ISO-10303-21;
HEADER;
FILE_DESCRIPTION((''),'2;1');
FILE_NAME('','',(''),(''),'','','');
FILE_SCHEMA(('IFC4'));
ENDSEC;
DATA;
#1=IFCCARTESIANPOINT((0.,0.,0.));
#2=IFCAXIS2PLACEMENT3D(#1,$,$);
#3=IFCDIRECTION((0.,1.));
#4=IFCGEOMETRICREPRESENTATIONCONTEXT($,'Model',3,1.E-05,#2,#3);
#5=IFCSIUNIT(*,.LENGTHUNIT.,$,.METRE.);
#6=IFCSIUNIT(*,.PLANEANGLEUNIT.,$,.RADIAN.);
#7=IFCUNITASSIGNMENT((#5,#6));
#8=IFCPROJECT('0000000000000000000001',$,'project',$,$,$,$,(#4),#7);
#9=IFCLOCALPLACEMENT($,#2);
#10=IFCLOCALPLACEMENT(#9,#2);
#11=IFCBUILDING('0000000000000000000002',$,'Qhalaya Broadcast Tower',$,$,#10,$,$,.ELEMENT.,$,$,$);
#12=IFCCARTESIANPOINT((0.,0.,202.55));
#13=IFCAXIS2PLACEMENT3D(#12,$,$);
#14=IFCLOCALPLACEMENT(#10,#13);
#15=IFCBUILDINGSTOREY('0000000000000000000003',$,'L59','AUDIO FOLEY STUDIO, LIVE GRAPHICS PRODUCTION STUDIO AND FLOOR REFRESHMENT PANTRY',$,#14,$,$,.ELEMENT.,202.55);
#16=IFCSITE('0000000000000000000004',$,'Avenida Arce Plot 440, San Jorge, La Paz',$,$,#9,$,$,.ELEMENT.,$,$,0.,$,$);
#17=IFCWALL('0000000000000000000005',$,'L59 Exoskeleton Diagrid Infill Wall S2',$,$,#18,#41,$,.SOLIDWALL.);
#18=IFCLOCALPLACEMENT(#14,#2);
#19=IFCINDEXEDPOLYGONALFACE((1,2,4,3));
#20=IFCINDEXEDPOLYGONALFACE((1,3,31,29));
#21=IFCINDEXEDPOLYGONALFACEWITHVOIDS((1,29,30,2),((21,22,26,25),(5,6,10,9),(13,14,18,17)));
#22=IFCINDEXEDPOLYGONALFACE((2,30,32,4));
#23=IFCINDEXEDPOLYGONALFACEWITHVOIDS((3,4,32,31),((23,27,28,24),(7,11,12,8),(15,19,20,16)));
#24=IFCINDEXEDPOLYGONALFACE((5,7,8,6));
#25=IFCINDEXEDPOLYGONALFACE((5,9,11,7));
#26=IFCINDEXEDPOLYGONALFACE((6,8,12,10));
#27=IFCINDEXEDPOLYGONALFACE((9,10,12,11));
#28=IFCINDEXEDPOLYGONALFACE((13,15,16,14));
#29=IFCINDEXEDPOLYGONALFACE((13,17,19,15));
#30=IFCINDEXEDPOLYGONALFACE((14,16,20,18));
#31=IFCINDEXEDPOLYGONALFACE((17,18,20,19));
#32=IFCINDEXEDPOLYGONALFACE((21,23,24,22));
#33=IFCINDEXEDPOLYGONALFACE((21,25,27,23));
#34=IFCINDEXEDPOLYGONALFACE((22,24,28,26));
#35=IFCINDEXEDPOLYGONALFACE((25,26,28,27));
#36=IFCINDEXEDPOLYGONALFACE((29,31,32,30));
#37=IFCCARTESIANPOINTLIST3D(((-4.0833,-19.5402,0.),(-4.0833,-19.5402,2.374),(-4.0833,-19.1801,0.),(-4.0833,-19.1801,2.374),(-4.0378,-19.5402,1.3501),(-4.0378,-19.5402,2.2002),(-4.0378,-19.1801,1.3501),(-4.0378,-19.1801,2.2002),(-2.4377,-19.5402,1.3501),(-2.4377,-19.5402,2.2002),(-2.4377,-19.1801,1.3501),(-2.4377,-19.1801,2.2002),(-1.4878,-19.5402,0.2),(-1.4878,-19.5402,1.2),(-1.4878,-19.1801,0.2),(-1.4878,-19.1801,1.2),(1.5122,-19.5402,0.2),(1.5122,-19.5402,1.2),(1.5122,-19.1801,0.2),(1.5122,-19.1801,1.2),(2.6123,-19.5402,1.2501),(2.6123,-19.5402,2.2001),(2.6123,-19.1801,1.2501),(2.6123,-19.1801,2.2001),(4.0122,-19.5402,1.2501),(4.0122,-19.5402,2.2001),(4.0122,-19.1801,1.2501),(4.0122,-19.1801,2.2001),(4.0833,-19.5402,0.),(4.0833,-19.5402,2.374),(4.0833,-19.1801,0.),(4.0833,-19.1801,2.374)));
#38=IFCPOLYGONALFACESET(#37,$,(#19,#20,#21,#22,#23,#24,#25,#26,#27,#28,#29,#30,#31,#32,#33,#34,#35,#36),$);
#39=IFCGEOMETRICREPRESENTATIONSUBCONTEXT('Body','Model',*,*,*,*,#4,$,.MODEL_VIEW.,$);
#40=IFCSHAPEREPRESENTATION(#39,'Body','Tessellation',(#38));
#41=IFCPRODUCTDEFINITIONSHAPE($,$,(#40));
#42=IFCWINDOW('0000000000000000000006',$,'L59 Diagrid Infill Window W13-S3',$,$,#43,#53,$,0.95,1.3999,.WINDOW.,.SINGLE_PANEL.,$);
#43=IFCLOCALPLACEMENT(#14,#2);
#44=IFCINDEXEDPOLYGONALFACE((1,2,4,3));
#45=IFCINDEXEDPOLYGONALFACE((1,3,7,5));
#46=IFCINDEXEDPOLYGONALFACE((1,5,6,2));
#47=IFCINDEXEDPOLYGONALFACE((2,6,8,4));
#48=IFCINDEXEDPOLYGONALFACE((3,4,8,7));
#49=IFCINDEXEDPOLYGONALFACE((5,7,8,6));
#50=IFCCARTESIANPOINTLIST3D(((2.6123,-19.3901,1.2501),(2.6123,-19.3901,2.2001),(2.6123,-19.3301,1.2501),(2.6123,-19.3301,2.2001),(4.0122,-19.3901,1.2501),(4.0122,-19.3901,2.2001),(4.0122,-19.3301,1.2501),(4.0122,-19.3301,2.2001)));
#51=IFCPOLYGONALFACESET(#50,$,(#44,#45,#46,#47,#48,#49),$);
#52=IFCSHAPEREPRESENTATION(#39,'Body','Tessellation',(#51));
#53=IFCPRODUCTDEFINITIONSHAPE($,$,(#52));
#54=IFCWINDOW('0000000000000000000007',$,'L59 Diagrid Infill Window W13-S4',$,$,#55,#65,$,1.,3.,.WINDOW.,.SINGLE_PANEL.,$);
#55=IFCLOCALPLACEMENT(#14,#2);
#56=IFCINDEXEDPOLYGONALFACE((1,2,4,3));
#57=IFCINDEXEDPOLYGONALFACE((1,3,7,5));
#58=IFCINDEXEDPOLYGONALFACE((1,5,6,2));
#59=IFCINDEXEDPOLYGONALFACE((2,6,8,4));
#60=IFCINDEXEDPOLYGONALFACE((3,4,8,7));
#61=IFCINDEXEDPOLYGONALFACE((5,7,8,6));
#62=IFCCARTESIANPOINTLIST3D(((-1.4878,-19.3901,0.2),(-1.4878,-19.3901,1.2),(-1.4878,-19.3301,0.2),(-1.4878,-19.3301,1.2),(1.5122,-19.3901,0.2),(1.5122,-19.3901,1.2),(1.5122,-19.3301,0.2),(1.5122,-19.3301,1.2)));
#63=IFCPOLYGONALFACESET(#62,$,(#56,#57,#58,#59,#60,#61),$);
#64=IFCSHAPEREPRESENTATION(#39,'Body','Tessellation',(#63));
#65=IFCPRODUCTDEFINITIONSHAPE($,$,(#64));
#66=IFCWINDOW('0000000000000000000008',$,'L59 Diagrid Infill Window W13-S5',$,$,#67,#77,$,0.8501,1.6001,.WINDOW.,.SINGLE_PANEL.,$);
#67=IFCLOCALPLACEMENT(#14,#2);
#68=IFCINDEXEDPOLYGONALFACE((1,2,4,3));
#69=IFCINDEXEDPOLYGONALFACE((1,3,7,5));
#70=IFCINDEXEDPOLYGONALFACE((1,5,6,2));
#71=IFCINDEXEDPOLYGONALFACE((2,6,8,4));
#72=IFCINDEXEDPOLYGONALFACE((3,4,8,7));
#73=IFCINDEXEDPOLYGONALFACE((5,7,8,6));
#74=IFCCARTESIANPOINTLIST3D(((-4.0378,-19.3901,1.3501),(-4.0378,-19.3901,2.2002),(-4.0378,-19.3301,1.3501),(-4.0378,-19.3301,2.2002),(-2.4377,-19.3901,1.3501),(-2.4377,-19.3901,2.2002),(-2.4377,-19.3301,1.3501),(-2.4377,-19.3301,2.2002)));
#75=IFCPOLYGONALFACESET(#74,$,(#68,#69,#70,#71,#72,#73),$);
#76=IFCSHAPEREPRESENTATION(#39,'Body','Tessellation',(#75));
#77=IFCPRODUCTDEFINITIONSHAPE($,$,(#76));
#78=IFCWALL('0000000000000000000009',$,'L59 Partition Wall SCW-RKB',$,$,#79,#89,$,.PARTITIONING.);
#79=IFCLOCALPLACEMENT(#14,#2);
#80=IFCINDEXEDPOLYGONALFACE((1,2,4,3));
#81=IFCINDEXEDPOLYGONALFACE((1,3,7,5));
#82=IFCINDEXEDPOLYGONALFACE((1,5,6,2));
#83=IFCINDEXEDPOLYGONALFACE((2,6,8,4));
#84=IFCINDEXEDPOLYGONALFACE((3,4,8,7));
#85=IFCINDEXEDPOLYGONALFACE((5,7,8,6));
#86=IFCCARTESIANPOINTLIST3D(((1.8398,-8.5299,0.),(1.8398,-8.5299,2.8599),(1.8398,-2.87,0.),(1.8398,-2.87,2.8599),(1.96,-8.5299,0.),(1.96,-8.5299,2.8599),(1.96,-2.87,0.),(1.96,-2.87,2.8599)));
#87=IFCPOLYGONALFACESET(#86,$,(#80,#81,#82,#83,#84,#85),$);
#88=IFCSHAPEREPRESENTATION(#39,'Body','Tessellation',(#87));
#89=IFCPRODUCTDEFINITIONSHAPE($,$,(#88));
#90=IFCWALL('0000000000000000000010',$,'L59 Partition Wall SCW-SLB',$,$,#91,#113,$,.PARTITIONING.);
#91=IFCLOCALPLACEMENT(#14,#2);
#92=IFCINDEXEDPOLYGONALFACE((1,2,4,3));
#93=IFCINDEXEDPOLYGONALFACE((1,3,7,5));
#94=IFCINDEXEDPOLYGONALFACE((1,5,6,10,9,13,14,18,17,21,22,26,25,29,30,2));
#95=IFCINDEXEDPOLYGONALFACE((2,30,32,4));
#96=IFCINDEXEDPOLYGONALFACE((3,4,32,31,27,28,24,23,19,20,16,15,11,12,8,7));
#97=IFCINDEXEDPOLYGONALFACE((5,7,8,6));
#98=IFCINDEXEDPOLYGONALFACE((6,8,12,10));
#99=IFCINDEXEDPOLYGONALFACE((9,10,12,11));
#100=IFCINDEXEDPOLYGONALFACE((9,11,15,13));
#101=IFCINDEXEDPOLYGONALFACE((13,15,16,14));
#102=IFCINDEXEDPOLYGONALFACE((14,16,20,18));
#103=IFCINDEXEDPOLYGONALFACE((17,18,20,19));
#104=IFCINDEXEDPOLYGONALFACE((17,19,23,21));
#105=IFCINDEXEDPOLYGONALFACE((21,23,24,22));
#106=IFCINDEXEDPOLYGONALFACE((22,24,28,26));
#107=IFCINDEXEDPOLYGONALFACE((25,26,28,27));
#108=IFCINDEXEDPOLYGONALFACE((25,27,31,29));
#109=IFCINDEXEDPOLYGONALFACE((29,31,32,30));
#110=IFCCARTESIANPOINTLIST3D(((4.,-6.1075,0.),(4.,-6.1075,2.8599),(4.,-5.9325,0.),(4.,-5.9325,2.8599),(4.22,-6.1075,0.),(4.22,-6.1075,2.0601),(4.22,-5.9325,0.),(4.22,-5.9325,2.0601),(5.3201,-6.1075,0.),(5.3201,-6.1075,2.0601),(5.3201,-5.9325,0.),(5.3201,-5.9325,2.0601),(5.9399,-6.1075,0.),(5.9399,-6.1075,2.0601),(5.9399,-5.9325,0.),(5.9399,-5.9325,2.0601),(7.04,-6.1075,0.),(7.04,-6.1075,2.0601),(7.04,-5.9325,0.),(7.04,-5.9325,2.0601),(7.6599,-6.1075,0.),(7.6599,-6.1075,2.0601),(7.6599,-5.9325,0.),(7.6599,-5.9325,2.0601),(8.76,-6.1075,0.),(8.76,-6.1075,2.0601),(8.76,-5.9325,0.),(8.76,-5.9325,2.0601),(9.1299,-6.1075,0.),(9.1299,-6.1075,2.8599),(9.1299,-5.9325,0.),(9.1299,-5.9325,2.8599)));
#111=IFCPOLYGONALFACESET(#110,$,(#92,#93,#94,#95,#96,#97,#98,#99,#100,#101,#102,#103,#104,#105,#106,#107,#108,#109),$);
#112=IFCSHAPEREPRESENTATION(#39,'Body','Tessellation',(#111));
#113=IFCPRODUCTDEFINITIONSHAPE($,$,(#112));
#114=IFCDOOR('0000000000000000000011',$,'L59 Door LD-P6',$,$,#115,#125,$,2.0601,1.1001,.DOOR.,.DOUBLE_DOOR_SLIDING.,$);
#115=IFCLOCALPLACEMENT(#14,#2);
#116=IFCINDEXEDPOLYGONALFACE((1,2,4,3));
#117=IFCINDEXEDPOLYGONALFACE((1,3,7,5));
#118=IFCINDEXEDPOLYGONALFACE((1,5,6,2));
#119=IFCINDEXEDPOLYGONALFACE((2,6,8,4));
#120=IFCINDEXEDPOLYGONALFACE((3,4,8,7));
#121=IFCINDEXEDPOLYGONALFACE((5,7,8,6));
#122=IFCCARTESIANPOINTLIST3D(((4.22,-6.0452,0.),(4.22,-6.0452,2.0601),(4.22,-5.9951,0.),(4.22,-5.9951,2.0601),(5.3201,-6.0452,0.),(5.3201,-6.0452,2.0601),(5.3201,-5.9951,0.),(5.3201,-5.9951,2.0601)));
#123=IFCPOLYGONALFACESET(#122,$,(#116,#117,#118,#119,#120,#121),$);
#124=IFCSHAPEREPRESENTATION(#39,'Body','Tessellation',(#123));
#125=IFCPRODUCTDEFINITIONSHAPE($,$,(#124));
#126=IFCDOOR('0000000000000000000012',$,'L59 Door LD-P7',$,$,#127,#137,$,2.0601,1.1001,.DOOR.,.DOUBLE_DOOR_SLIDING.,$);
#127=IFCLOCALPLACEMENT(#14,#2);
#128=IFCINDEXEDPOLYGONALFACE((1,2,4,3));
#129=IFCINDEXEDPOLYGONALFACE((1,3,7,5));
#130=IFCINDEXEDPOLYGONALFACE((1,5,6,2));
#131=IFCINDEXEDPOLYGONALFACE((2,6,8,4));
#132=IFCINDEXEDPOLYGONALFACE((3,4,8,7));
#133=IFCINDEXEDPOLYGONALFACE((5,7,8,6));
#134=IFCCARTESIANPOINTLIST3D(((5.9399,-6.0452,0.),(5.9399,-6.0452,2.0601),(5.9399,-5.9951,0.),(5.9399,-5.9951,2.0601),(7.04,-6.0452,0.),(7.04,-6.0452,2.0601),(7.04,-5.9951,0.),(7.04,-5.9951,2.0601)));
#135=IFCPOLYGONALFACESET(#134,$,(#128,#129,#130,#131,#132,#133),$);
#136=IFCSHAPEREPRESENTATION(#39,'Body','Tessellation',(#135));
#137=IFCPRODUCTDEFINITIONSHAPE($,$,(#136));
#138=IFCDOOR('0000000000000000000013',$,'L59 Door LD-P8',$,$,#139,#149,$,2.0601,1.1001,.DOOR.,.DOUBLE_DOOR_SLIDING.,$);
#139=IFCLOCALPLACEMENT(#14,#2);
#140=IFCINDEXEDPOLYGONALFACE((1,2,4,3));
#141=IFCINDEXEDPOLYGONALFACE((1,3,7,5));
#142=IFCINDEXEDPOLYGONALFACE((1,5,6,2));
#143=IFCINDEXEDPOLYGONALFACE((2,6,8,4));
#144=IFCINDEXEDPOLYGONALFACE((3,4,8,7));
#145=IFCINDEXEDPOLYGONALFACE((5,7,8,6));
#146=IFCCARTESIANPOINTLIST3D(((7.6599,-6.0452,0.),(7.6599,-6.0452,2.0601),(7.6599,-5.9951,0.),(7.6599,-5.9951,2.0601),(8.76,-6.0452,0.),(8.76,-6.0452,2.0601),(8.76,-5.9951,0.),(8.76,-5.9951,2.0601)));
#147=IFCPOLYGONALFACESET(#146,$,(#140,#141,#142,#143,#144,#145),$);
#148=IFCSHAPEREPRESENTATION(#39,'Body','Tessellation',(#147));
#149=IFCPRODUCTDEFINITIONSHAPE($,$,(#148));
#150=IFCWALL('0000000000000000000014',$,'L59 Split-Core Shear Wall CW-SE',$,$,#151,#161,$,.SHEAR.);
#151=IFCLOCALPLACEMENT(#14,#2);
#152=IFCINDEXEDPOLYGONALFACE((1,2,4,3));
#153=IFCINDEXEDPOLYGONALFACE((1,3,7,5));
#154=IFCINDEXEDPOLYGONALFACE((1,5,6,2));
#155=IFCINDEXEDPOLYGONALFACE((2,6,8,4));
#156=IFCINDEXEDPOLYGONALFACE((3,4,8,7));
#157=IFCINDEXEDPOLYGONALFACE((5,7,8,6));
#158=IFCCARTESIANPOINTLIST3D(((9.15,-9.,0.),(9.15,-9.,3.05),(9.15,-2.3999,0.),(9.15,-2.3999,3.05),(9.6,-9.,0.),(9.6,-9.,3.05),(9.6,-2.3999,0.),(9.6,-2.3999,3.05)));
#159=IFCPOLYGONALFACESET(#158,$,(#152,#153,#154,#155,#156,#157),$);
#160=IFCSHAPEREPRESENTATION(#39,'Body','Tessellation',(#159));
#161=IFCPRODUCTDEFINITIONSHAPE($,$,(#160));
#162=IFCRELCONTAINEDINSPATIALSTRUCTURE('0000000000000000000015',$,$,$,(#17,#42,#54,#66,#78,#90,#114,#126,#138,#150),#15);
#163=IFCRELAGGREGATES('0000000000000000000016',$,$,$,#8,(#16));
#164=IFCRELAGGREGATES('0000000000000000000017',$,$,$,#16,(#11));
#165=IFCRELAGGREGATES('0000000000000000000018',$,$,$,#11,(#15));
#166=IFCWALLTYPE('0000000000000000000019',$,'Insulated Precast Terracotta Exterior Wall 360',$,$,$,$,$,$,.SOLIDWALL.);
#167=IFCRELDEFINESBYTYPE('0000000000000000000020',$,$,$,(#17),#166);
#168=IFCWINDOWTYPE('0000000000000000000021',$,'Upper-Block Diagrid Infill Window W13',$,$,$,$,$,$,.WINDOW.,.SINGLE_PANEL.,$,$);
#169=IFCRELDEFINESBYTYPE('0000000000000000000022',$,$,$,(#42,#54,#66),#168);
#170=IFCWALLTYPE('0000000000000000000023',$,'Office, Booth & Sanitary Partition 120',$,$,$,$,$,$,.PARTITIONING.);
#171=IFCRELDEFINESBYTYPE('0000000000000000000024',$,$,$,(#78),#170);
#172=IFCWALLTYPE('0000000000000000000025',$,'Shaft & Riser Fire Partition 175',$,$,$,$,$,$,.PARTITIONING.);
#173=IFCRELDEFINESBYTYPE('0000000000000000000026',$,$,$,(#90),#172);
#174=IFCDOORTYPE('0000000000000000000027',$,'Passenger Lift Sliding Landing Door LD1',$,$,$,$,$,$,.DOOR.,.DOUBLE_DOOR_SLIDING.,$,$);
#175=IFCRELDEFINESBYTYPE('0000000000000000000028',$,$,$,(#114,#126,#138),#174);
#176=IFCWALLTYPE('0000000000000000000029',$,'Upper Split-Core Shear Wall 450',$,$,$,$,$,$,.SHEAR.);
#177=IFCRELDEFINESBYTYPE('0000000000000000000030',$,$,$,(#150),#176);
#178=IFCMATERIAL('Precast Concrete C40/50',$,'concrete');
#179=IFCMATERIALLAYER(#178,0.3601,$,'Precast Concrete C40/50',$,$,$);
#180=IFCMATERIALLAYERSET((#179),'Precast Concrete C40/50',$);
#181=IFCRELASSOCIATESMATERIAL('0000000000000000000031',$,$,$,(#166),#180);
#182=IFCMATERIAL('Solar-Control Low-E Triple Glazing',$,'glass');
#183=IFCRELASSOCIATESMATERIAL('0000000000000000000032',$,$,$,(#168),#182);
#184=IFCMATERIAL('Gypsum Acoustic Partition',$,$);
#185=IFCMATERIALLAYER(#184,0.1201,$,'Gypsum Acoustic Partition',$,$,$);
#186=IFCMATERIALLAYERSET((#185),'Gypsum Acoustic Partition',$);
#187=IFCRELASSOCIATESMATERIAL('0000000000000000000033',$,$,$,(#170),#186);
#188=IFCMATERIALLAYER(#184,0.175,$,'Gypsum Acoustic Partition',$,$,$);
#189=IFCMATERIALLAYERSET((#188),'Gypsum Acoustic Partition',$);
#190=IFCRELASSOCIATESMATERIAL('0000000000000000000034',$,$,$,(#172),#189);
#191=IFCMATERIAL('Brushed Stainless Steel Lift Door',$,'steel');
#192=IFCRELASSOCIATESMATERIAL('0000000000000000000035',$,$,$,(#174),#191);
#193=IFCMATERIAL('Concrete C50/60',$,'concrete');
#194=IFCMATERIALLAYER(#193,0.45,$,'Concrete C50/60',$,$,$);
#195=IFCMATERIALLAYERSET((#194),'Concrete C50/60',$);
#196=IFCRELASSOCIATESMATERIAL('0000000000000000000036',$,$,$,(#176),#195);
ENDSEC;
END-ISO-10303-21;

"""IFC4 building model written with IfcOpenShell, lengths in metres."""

from ifc_helpers import new_model, si_unit, direction, frame, frame_2d, origin, place, context, subcontext, project, spatial, rectangle, extrude, material, layer, layer_set, type_object, element, fill, save


model = new_model("IFC4")

# Units and contexts
model_context = context("Model", 3, precision=1e-05, world=origin(), true_north=direction((0.0, 1.0)))
body_context = subcontext(model_context, "Body", "Model", "MODEL_VIEW")
ifc_project = project(units=[si_unit("LENGTHUNIT", "METRE"), si_unit("PLANEANGLEUNIT", "RADIAN")], contexts=[model_context])

# Site, building, storey
site_placement = place(None, origin())
site = spatial("IfcSite", under=ifc_project, at=site_placement, Name="Avenida Arce Plot 440, San Jorge, La Paz", CompositionType="ELEMENT", RefElevation=0.0)
building_placement = place(site_placement, origin())
building = spatial("IfcBuilding", under=site, at=building_placement, Name="Qhalaya Broadcast Tower", CompositionType="ELEMENT")
storey_placement = place(building_placement, frame((0.0, 0.0, 202.55)))
storey = spatial("IfcBuildingStorey", under=building, at=storey_placement, Name="L59", Description="AUDIO FOLEY STUDIO, LIVE GRAPHICS PRODUCTION STUDIO AND FLOOR REFRESHMENT PANTRY", CompositionType="ELEMENT", Elevation=202.55)

# Shared definitions
ifc_material_1 = material(Name="Gypsum Acoustic Partition")

# Wall, openings, windows
ifc_material_2 = material(Name="Precast Concrete C40/50", Category="concrete")
ifc_layer_1 = layer(ifc_material_2, 0.3601, Name="Precast Concrete C40/50")
ifc_layer_set_1 = layer_set([ifc_layer_1], Name="Precast Concrete C40/50")
wall_type_1 = type_object("IfcWallType", Name="Insulated Precast Terracotta Exterior Wall 360", PredefinedType="SOLIDWALL", material=ifc_layer_set_1)
wall_1_placement = place(storey_placement, frame((4.0833, -19.3601, 0.0), z_axis=(0.0, 0.0, 1.0), x_axis=(-1.0, 0.0, 0.0)))
wall_1 = element("IfcWall", 1, at=wall_1_placement, inside=storey, type_object=wall_type_1, Name="L59 Exoskeleton Diagrid Infill Wall S2", PredefinedType="SOLIDWALL", context=body_context, shape_type="SweptSolid", body=[
    extrude(rectangle(XDim=8.1665, YDim=0.3601, at=frame_2d((4.0833, 0.0))), origin(), (0.0, 0.0, 1.0), 2.374),
])
opening_1_placement = place(wall_1_placement, frame((0.071, 0.0, 1.25)))
opening_1 = element("IfcOpeningElement", 2, at=opening_1_placement, cuts=wall_1, PredefinedType="OPENING", context=body_context, shape_type="SweptSolid", body=[
    extrude(rectangle(XDim=1.3999, YDim=0.95, at=frame_2d((0.7, 0.4751))), frame((0.0, 0.1921, 0.0), z_axis=(0.0, -1.0, 0.0), x_axis=(1.0, 0.0, 0.0)), (0.0, 0.0, 1.0), 0.384),
])
opening_2_placement = place(wall_1_placement, frame((2.571, 0.0, 0.2)))
opening_2 = element("IfcOpeningElement", 3, at=opening_2_placement, cuts=wall_1, PredefinedType="OPENING", context=body_context, shape_type="SweptSolid", body=[
    extrude(rectangle(XDim=3.0, YDim=1.0, at=frame_2d((1.5, 0.5))), frame((0.0, 0.1921, 0.0), z_axis=(0.0, -1.0, 0.0), x_axis=(1.0, 0.0, 0.0)), (0.0, 0.0, 1.0), 0.384),
])
opening_3_placement = place(wall_1_placement, frame((6.521, 0.0, 1.3501)))
opening_3 = element("IfcOpeningElement", 4, at=opening_3_placement, cuts=wall_1, PredefinedType="OPENING", context=body_context, shape_type="SweptSolid", body=[
    extrude(rectangle(XDim=1.6001, YDim=0.8501, at=frame_2d((0.8, 0.425))), frame((0.0, 0.1921, 0.0), z_axis=(0.0, -1.0, 0.0), x_axis=(1.0, 0.0, 0.0)), (0.0, 0.0, 1.0), 0.384),
])
ifc_material_3 = material(Name="Solar-Control Low-E Triple Glazing", Category="glass")
window_type = type_object("IfcWindowType", Name="Upper-Block Diagrid Infill Window W13", PartitioningType="SINGLE_PANEL", PredefinedType="WINDOW", material=ifc_material_3)
window_1_placement = place(opening_1_placement, origin())
window_1 = element("IfcWindow", 5, at=window_1_placement, inside=storey, type_object=window_type, Name="L59 Diagrid Infill Window W13-S3", OverallHeight=0.95, OverallWidth=1.3999, PartitioningType="SINGLE_PANEL", PredefinedType="WINDOW", context=body_context, shape_type="SweptSolid", body=[
    extrude(rectangle(XDim=1.3999, YDim=0.95, at=frame_2d((0.7, 0.4751))), frame((0.0, 0.03, 0.0), z_axis=(0.0, -1.0, 0.0), x_axis=(1.0, 0.0, 0.0)), (0.0, 0.0, 1.0), 0.0601),
])
fill(opening_1, window_1)
window_2_placement = place(opening_2_placement, origin())
window_2 = element("IfcWindow", 6, at=window_2_placement, inside=storey, type_object=window_type, Name="L59 Diagrid Infill Window W13-S4", OverallHeight=1.0, OverallWidth=3.0, PartitioningType="SINGLE_PANEL", PredefinedType="WINDOW", context=body_context, shape_type="SweptSolid", body=[
    extrude(rectangle(XDim=3.0, YDim=1.0, at=frame_2d((1.5, 0.5))), frame((0.0, 0.03, 0.0), z_axis=(0.0, -1.0, 0.0), x_axis=(1.0, 0.0, 0.0)), (0.0, 0.0, 1.0), 0.0601),
])
fill(opening_2, window_2)
window_3_placement = place(opening_3_placement, origin())
window_3 = element("IfcWindow", 7, at=window_3_placement, inside=storey, type_object=window_type, Name="L59 Diagrid Infill Window W13-S5", OverallHeight=0.8501, OverallWidth=1.6001, PartitioningType="SINGLE_PANEL", PredefinedType="WINDOW", context=body_context, shape_type="SweptSolid", body=[
    extrude(rectangle(XDim=1.6001, YDim=0.8501, at=frame_2d((0.8, 0.425))), frame((0.0, 0.03, 0.0), z_axis=(0.0, -1.0, 0.0), x_axis=(1.0, 0.0, 0.0)), (0.0, 0.0, 1.0), 0.0601),
])
fill(opening_3, window_3)

# Wall
ifc_layer_2 = layer(ifc_material_1, 0.1201, Name="Gypsum Acoustic Partition")
ifc_layer_set_2 = layer_set([ifc_layer_2], Name="Gypsum Acoustic Partition")
wall_type_2 = type_object("IfcWallType", Name="Office, Booth & Sanitary Partition 120", PredefinedType="PARTITIONING", material=ifc_layer_set_2)
wall_2_placement = place(storey_placement, frame((1.8999, -8.53, 0.0), z_axis=(0.0, 0.0, 1.0), x_axis=(0.0, 1.0, 0.0)))
element("IfcWall", 8, at=wall_2_placement, inside=storey, type_object=wall_type_2, Name="L59 Partition Wall SCW-RKB", PredefinedType="PARTITIONING", context=body_context, shape_type="SweptSolid", body=[
    extrude(rectangle(XDim=5.6599, YDim=0.1201, at=frame_2d((2.8301, 0.0))), origin(), (0.0, 0.0, 1.0), 2.8599),
])

# Wall, openings, doors
ifc_layer_3 = layer(ifc_material_1, 0.175, Name="Gypsum Acoustic Partition")
ifc_layer_set_3 = layer_set([ifc_layer_3], Name="Gypsum Acoustic Partition")
wall_type_3 = type_object("IfcWallType", Name="Shaft & Riser Fire Partition 175", PredefinedType="PARTITIONING", material=ifc_layer_set_3)
wall_3_placement = place(storey_placement, frame((4.0, -6.02, 0.0), z_axis=(0.0, 0.0, 1.0), x_axis=(1.0, 0.0, 0.0)))
wall_3 = element("IfcWall", 9, at=wall_3_placement, inside=storey, type_object=wall_type_3, Name="L59 Partition Wall SCW-SLB", PredefinedType="PARTITIONING", context=body_context, shape_type="SweptSolid", body=[
    extrude(rectangle(XDim=5.1299, YDim=0.175, at=frame_2d((2.5649, 0.0))), origin(), (0.0, 0.0, 1.0), 2.8599),
])
opening_4_placement = place(wall_3_placement, frame((0.22, 0.0, 0.0)))
opening_4 = element("IfcOpeningElement", 10, at=opening_4_placement, cuts=wall_3, PredefinedType="OPENING", context=body_context, shape_type="SweptSolid", body=[
    extrude(rectangle(XDim=1.1001, YDim=2.0601, at=frame_2d((0.55, 1.03))), frame((0.0, 0.0996, 0.0), z_axis=(0.0, -1.0, 0.0), x_axis=(1.0, 0.0, 0.0)), (0.0, 0.0, 1.0), 0.199),
])
opening_5_placement = place(wall_3_placement, frame((1.9399, 0.0, 0.0)))
opening_5 = element("IfcOpeningElement", 11, at=opening_5_placement, cuts=wall_3, PredefinedType="OPENING", context=body_context, shape_type="SweptSolid", body=[
    extrude(rectangle(XDim=1.1001, YDim=2.0601, at=frame_2d((0.55, 1.03))), frame((0.0, 0.0996, 0.0), z_axis=(0.0, -1.0, 0.0), x_axis=(1.0, 0.0, 0.0)), (0.0, 0.0, 1.0), 0.199),
])
opening_6_placement = place(wall_3_placement, frame((3.6599, 0.0, 0.0)))
opening_6 = element("IfcOpeningElement", 12, at=opening_6_placement, cuts=wall_3, PredefinedType="OPENING", context=body_context, shape_type="SweptSolid", body=[
    extrude(rectangle(XDim=1.1001, YDim=2.0601, at=frame_2d((0.55, 1.03))), frame((0.0, 0.0996, 0.0), z_axis=(0.0, -1.0, 0.0), x_axis=(1.0, 0.0, 0.0)), (0.0, 0.0, 1.0), 0.199),
])
ifc_material_4 = material(Name="Brushed Stainless Steel Lift Door", Category="steel")
door_type = type_object("IfcDoorType", Name="Passenger Lift Sliding Landing Door LD1", OperationType="DOUBLE_DOOR_SLIDING", PredefinedType="DOOR", material=ifc_material_4)
door_1_placement = place(opening_4_placement, origin())
door_1 = element("IfcDoor", 13, at=door_1_placement, inside=storey, type_object=door_type, Name="L59 Door LD-P6", OperationType="DOUBLE_DOOR_SLIDING", OverallHeight=2.0601, OverallWidth=1.1001, PredefinedType="DOOR", context=body_context, shape_type="SweptSolid", body=[
    extrude(rectangle(XDim=1.1001, YDim=2.0601, at=frame_2d((0.55, 1.03))), frame((0.0, 0.0249, 0.0), z_axis=(0.0, -1.0, 0.0), x_axis=(1.0, 0.0, 0.0)), (0.0, 0.0, 1.0), 0.05),
])
fill(opening_4, door_1)
door_2_placement = place(opening_5_placement, origin())
door_2 = element("IfcDoor", 14, at=door_2_placement, inside=storey, type_object=door_type, Name="L59 Door LD-P7", OperationType="DOUBLE_DOOR_SLIDING", OverallHeight=2.0601, OverallWidth=1.1001, PredefinedType="DOOR", context=body_context, shape_type="SweptSolid", body=[
    extrude(rectangle(XDim=1.1001, YDim=2.0601, at=frame_2d((0.55, 1.03))), frame((0.0, 0.0249, 0.0), z_axis=(0.0, -1.0, 0.0), x_axis=(1.0, 0.0, 0.0)), (0.0, 0.0, 1.0), 0.05),
])
fill(opening_5, door_2)
door_3_placement = place(opening_6_placement, origin())
door_3 = element("IfcDoor", 15, at=door_3_placement, inside=storey, type_object=door_type, Name="L59 Door LD-P8", OperationType="DOUBLE_DOOR_SLIDING", OverallHeight=2.0601, OverallWidth=1.1001, PredefinedType="DOOR", context=body_context, shape_type="SweptSolid", body=[
    extrude(rectangle(XDim=1.1001, YDim=2.0601, at=frame_2d((0.55, 1.03))), frame((0.0, 0.0249, 0.0), z_axis=(0.0, -1.0, 0.0), x_axis=(1.0, 0.0, 0.0)), (0.0, 0.0, 1.0), 0.05),
])
fill(opening_6, door_3)

# Wall
ifc_material_5 = material(Name="Concrete C50/60", Category="concrete")
ifc_layer_4 = layer(ifc_material_5, 0.45, Name="Concrete C50/60")
ifc_layer_set_4 = layer_set([ifc_layer_4], Name="Concrete C50/60")
wall_type_4 = type_object("IfcWallType", Name="Upper Split-Core Shear Wall 450", PredefinedType="SHEAR", material=ifc_layer_set_4)
wall_4_placement = place(storey_placement, frame((9.375, -9.0, 0.0), z_axis=(0.0, 0.0, 1.0), x_axis=(0.0, 1.0, 0.0)))
element("IfcWall", 16, at=wall_4_placement, inside=storey, type_object=wall_type_4, Name="L59 Split-Core Shear Wall CW-SE", PredefinedType="SHEAR", context=body_context, shape_type="SweptSolid", body=[
    extrude(rectangle(XDim=6.6001, YDim=0.45, at=frame_2d((3.3, 0.0))), origin(), (0.0, 0.0, 1.0), 3.05),
])

save(model, "model.ifc")
